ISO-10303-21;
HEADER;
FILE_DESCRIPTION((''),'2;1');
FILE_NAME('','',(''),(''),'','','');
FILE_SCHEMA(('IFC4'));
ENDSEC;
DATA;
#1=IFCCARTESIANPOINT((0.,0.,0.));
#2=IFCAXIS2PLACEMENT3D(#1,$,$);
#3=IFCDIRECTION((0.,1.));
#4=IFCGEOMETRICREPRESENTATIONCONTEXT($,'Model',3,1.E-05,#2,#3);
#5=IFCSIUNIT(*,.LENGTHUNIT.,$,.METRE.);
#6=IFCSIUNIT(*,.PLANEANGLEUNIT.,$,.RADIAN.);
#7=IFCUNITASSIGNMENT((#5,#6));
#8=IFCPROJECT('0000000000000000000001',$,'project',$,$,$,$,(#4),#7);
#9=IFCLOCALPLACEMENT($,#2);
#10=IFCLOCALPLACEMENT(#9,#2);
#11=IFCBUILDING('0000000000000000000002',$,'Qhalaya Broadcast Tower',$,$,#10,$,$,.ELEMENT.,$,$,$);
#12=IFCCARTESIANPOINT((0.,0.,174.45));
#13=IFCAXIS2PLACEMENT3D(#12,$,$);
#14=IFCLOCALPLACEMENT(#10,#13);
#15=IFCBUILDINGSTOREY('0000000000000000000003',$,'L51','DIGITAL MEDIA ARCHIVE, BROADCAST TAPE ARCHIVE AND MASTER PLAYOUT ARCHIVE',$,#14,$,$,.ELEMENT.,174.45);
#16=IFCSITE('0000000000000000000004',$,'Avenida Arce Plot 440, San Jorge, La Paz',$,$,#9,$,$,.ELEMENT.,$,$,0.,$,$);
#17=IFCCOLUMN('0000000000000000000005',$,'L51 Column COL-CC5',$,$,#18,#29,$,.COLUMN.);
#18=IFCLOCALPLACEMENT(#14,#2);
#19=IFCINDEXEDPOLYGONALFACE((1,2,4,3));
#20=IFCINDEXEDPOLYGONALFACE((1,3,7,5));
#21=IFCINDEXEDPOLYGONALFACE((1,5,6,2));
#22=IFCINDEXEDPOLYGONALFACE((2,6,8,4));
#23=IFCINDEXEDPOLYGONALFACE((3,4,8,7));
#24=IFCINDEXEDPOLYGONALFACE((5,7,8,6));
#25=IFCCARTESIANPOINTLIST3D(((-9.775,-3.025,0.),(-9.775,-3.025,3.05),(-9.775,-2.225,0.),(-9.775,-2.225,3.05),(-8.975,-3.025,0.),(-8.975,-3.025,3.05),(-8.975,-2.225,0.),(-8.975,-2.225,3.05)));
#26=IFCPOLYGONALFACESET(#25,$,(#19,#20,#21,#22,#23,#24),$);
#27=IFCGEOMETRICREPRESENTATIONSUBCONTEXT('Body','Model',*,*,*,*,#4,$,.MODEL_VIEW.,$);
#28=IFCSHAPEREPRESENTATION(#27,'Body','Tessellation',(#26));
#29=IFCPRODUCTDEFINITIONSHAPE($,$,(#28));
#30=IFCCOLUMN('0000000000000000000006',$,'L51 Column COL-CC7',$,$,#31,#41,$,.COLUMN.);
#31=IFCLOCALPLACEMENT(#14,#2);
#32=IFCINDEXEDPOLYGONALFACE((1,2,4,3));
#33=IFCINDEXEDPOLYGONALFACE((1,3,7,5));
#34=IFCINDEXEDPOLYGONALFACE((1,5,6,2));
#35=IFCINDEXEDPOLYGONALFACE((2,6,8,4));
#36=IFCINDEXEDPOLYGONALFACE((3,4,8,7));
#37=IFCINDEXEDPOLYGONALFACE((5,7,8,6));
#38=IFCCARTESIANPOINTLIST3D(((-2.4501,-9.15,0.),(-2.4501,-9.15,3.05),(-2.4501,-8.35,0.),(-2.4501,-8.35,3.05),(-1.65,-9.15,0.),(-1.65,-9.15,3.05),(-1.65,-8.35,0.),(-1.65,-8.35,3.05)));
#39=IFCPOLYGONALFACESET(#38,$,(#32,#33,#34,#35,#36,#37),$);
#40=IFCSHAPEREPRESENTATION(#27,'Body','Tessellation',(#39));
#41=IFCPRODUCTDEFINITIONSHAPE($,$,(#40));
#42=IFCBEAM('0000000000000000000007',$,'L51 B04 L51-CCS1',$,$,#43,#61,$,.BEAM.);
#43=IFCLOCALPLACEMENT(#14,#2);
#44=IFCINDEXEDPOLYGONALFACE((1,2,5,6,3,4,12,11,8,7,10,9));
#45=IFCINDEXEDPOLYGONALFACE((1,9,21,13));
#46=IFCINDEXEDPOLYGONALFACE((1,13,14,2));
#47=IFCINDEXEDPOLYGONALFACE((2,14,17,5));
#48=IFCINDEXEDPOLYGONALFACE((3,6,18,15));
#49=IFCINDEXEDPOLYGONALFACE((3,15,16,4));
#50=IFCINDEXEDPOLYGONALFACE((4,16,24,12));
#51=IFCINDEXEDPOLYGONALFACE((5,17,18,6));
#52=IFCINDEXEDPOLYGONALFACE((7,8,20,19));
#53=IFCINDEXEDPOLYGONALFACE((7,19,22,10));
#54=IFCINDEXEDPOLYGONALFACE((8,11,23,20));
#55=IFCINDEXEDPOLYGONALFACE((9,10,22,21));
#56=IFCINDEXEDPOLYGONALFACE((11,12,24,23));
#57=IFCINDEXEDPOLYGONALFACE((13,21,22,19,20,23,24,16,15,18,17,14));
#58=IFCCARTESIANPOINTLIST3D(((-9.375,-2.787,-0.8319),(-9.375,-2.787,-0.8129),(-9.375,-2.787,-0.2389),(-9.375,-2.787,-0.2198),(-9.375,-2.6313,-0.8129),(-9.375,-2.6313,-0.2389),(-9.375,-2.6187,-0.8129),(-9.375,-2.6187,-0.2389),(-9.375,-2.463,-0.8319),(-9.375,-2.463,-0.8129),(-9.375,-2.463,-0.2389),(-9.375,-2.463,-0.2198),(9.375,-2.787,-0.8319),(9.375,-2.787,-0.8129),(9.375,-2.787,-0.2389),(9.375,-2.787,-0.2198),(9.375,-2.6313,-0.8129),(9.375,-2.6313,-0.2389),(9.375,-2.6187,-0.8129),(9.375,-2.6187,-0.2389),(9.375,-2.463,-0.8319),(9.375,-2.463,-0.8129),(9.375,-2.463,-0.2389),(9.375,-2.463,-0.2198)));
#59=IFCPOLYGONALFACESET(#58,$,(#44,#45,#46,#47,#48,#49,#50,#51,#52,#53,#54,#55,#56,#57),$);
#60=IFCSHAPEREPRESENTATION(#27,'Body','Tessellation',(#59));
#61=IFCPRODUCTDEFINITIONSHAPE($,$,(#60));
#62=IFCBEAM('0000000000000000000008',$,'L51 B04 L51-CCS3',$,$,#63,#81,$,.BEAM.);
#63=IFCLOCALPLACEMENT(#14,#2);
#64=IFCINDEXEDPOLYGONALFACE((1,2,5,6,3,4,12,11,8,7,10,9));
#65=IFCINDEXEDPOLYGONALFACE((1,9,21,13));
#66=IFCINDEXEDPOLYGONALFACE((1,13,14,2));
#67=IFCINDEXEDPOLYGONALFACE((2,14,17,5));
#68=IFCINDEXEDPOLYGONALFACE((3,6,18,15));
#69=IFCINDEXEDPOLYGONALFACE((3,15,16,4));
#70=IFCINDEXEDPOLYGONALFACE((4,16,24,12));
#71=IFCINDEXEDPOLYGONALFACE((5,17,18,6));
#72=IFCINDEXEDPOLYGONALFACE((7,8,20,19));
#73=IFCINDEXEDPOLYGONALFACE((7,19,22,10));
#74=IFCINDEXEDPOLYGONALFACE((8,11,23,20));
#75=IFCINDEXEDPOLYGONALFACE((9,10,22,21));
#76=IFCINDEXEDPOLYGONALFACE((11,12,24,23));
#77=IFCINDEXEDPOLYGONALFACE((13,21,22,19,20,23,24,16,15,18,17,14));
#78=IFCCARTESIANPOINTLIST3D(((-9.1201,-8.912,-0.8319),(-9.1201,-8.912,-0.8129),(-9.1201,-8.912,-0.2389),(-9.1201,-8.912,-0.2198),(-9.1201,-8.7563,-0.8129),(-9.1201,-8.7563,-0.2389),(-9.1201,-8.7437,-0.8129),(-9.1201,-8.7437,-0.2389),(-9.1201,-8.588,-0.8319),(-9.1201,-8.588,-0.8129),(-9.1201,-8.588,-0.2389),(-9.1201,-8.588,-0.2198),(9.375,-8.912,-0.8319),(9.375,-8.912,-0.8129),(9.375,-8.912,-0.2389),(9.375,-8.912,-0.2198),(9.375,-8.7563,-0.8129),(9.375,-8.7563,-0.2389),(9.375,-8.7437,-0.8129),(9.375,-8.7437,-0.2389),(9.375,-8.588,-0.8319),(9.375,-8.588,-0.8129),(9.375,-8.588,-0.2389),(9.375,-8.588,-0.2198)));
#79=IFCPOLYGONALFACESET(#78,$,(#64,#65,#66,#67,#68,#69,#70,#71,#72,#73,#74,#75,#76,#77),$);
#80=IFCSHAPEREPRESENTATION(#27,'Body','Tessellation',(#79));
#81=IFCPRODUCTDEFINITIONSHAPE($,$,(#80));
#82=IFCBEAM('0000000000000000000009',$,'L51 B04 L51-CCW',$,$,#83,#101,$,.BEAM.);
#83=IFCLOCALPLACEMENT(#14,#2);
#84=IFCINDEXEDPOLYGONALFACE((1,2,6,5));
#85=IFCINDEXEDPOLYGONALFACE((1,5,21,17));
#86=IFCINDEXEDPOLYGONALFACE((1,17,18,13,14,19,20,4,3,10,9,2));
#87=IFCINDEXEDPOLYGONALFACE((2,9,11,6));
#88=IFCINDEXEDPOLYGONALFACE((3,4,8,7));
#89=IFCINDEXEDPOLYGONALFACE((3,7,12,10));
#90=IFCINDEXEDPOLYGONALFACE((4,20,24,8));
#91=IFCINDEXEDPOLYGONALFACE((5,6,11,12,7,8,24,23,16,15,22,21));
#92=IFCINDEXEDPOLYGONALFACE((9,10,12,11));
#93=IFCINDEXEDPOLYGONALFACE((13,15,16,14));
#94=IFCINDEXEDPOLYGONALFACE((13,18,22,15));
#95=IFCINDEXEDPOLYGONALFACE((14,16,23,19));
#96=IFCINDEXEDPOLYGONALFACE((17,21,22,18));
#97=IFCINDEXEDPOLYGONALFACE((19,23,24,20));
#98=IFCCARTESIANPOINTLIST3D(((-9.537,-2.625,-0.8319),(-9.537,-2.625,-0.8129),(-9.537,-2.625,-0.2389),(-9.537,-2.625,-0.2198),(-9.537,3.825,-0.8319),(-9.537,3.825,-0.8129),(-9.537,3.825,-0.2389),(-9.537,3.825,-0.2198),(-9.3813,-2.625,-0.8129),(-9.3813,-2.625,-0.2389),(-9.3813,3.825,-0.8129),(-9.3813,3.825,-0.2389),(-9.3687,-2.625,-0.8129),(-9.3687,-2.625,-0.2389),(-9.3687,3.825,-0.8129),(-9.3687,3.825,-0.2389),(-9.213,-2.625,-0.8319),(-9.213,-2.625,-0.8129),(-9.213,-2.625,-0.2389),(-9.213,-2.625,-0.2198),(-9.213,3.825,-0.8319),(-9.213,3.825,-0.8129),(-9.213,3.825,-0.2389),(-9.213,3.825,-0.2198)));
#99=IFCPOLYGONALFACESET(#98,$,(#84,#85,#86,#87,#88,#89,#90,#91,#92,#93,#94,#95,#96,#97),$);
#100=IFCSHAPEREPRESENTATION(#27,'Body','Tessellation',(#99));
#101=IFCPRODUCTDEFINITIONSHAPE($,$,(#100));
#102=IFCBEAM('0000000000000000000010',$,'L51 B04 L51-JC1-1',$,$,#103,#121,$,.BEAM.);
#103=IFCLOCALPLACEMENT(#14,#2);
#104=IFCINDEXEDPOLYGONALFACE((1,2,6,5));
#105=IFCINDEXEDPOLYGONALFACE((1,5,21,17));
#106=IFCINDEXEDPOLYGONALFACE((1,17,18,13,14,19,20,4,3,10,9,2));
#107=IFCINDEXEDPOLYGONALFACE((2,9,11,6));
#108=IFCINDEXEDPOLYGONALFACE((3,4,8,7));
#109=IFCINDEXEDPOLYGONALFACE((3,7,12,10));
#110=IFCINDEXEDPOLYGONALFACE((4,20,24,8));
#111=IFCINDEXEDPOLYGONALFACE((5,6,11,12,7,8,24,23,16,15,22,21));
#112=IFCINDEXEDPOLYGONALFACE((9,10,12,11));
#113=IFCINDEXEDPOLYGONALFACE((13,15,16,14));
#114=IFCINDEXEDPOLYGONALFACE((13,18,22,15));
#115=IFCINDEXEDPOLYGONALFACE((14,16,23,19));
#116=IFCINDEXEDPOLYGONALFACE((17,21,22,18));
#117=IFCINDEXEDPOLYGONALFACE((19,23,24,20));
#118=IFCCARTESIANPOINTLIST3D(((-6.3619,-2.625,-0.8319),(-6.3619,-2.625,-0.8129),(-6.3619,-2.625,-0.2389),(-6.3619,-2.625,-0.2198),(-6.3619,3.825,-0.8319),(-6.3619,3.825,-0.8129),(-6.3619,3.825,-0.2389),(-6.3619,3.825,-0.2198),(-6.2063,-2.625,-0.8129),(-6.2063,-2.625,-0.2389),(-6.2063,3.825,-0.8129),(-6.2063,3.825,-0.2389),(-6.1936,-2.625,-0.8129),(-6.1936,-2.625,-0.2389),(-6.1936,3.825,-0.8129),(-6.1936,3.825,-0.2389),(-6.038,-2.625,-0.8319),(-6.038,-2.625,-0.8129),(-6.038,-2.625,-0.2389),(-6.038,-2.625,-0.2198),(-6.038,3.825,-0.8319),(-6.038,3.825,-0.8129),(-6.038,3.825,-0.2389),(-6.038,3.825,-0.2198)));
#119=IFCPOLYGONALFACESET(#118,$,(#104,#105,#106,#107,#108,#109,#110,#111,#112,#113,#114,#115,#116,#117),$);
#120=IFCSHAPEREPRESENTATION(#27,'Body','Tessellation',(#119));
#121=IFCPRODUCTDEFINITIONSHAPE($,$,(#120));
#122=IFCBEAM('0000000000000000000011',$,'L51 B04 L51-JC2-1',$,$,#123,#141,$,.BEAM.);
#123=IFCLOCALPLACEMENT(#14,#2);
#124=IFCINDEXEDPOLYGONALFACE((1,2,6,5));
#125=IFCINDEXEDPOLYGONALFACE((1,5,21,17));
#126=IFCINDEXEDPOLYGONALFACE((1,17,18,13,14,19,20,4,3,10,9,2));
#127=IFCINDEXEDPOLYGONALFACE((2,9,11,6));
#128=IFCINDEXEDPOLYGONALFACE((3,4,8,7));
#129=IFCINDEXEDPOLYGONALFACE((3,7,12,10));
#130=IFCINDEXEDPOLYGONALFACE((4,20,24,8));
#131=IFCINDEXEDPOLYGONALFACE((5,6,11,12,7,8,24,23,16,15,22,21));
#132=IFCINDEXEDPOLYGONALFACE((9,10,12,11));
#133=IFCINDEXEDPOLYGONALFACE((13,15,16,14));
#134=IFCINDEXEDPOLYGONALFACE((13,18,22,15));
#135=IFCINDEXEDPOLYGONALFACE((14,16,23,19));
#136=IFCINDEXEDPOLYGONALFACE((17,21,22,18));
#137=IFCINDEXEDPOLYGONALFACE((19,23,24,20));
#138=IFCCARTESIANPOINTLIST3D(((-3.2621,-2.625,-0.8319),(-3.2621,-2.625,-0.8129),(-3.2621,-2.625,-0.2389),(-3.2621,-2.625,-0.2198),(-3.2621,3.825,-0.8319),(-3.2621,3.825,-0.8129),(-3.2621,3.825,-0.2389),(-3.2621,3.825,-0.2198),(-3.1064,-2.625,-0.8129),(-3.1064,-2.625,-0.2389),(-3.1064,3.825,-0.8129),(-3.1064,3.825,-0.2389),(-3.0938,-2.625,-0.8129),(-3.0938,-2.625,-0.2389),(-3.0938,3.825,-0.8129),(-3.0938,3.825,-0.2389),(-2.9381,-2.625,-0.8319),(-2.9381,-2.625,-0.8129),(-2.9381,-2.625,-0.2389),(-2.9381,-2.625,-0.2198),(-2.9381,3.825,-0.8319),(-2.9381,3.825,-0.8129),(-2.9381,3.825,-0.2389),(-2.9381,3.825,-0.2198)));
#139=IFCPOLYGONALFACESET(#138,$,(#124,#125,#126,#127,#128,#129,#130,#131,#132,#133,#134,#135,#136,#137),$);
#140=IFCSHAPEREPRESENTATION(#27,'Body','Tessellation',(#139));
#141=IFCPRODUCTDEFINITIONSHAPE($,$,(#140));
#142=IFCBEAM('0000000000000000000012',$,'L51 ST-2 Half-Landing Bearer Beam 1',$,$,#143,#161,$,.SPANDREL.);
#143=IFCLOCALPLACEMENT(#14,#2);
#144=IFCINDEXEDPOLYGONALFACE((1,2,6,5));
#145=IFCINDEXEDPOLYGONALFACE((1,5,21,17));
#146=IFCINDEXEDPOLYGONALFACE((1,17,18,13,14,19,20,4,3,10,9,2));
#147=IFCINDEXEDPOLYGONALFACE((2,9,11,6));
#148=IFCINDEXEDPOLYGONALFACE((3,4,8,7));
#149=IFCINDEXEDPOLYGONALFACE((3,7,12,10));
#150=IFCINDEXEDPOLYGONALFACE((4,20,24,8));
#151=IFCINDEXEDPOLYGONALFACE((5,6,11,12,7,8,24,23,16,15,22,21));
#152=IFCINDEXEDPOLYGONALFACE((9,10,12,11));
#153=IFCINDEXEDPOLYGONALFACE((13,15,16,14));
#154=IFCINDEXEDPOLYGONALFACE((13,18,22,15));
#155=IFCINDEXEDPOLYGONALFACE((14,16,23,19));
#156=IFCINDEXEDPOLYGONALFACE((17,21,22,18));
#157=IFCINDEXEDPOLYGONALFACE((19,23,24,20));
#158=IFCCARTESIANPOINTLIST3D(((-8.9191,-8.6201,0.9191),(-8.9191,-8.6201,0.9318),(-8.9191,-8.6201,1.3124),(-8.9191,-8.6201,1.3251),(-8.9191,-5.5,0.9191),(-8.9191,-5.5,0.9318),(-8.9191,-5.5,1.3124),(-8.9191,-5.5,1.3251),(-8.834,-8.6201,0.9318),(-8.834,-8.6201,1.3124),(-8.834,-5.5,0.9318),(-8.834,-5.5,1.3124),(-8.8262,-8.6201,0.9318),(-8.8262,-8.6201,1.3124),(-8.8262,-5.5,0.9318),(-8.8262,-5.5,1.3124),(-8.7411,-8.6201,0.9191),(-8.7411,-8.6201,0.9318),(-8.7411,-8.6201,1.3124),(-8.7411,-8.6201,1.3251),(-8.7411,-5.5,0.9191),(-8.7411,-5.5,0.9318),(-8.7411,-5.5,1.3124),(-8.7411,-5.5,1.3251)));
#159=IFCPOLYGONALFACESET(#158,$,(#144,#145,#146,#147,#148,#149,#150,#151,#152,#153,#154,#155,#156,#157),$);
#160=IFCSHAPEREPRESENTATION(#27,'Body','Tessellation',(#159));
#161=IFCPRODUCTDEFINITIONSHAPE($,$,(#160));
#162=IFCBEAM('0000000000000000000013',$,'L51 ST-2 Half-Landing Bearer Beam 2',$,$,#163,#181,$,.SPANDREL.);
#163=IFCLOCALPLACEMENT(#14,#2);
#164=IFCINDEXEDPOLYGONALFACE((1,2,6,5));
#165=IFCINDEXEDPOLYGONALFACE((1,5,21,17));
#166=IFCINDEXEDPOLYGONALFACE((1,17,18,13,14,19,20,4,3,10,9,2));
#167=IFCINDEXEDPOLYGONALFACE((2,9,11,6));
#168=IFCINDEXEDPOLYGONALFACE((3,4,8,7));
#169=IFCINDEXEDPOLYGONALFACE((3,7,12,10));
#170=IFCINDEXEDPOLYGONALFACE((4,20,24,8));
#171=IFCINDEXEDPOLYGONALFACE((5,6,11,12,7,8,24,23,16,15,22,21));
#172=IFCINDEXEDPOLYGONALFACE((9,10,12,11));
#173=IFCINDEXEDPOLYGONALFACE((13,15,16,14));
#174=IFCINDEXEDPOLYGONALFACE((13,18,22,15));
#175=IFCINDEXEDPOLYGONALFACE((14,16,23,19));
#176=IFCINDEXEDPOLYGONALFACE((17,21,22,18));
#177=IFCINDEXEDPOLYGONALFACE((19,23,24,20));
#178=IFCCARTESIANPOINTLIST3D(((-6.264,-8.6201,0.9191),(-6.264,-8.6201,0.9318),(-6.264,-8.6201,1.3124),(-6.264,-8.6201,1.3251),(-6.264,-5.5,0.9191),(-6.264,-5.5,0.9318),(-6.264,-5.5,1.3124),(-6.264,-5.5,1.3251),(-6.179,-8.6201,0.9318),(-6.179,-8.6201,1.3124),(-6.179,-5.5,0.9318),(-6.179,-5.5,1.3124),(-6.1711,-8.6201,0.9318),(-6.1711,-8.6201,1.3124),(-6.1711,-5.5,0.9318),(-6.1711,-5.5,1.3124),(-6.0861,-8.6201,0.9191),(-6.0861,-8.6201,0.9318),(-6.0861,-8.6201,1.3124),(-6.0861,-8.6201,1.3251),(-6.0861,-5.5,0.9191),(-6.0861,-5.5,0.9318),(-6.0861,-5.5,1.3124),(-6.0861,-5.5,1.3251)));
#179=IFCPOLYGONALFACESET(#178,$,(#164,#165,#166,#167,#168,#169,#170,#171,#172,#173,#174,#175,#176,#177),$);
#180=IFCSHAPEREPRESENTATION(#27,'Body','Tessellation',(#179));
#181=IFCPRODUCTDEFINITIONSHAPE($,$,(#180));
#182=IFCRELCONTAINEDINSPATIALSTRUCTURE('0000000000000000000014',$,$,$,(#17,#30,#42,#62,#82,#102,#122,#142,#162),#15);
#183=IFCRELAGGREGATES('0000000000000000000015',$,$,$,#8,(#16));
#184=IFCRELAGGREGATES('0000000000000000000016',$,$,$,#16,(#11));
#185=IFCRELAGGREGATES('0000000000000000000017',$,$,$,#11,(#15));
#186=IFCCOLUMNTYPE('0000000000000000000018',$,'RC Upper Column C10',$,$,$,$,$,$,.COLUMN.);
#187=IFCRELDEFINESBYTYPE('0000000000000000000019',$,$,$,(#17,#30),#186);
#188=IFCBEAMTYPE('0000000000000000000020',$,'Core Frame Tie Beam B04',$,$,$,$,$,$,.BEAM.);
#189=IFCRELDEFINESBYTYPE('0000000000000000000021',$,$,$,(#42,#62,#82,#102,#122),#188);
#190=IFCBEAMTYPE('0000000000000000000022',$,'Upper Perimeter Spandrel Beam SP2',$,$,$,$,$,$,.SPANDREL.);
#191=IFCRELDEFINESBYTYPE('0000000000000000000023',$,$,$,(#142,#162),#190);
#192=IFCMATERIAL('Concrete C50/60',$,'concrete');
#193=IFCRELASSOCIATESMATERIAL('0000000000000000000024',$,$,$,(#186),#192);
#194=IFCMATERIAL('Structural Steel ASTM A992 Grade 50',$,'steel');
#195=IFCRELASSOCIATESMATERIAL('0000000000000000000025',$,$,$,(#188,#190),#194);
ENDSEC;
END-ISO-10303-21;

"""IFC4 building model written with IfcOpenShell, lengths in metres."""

from ifc_helpers import new_model, si_unit, direction, frame, origin, origin_2d, place, context, subcontext, project, spatial, rectangle, i_section, extrude, material, material_profile, profile_set, type_object, element, save


model = new_model("IFC4")

# Units and contexts
model_context = context("Model", 3, precision=1e-05, world=origin(), true_north=direction((0.0, 1.0)))
body_context = subcontext(model_context, "Body", "Model", "MODEL_VIEW")
ifc_project = project(units=[si_unit("LENGTHUNIT", "METRE"), si_unit("PLANEANGLEUNIT", "RADIAN")], contexts=[model_context])

# Site, building, storey
site_placement = place(None, origin())
site = spatial("IfcSite", under=ifc_project, at=site_placement, Name="Avenida Arce Plot 440, San Jorge, La Paz", CompositionType="ELEMENT", RefElevation=0.0)
building_placement = place(site_placement, origin())
building = spatial("IfcBuilding", under=site, at=building_placement, Name="Qhalaya Broadcast Tower", CompositionType="ELEMENT")
storey_placement = place(building_placement, frame((0.0, 0.0, 174.45)))
storey = spatial("IfcBuildingStorey", under=building, at=storey_placement, Name="L51", Description="DIGITAL MEDIA ARCHIVE, BROADCAST TAPE ARCHIVE AND MASTER PLAYOUT ARCHIVE", CompositionType="ELEMENT", Elevation=174.45)

# Columns
ifc_material_1 = material(Name="Concrete C50/60", Category="concrete")
ifc_material_profile_1 = material_profile(ifc_material_1, rectangle(XDim=0.8, YDim=0.8, at=origin_2d()), Name="RC-COL 800x800")
ifc_profile_set_1 = profile_set([ifc_material_profile_1], Name="Concrete C50/60")
column_type = type_object("IfcColumnType", Name="RC Upper Column C10", PredefinedType="COLUMN", material=ifc_profile_set_1)
for number, where, z_axis, x_axis, name in (
    (1, (-9.375, -2.625, 0.0), (0.0, 0.0, 1.0), (1.0, 0.0, 0.0), "L51 Column COL-CC5"),
    (2, (-2.05, -8.75, 0.0), (0.0, 0.0, 1.0), (1.0, 0.0, 0.0), "L51 Column COL-CC7"),
):
    element("IfcColumn", number, at=place(storey_placement, frame(where, z_axis=z_axis, x_axis=x_axis)), inside=storey, type_object=column_type, Name=name, PredefinedType="COLUMN", context=body_context, shape_type="SweptSolid", body=[
        extrude(rectangle(XDim=0.8, YDim=0.8, at=origin_2d()), origin(), (0.0, 0.0, 1.0), 3.05),
    ])

# Beams
ifc_material_2 = material(Name="Structural Steel ASTM A992 Grade 50", Category="steel")
ifc_material_profile_2 = material_profile(ifc_material_2, i_section(OverallWidth=0.324, OverallDepth=0.6121, WebThickness=0.0127, FlangeThickness=0.019, at=origin_2d()), Name="W24X104")
ifc_profile_set_2 = profile_set([ifc_material_profile_2], Name="Structural Steel ASTM A992 Grade 50")
beam_type_1 = type_object("IfcBeamType", Name="Core Frame Tie Beam B04", PredefinedType="BEAM", material=ifc_profile_set_2)
beam_1_placement = place(storey_placement, frame((-9.375, -2.625, -0.5259), z_axis=(1.0, 0.0, 0.0), x_axis=(0.0, 1.0, 0.0)))
element("IfcBeam", 3, at=beam_1_placement, inside=storey, type_object=beam_type_1, Name="L51 B04 L51-CCS1", PredefinedType="BEAM", context=body_context, shape_type="SweptSolid", body=[
    extrude(i_section(OverallWidth=0.324, OverallDepth=0.6121, WebThickness=0.0127, FlangeThickness=0.019, at=origin_2d()), origin(), (0.0, 0.0, 1.0), 18.75),
])
beam_2_placement = place(storey_placement, frame((-9.1201, -8.75, -0.5259), z_axis=(1.0, 0.0, 0.0), x_axis=(0.0, 1.0, 0.0)))
element("IfcBeam", 4, at=beam_2_placement, inside=storey, type_object=beam_type_1, Name="L51 B04 L51-CCS3", PredefinedType="BEAM", context=body_context, shape_type="SweptSolid", body=[
    extrude(i_section(OverallWidth=0.324, OverallDepth=0.6121, WebThickness=0.0127, FlangeThickness=0.019, at=origin_2d()), origin(), (0.0, 0.0, 1.0), 18.4951),
])
for number, where, z_axis, x_axis, name in (
    (5, (-9.375, -2.625, -0.5259), (0.0, 1.0, 0.0), (-1.0, 0.0, 0.0), "L51 B04 L51-CCW"),
    (6, (-6.2, -2.625, -0.5259), (0.0, 1.0, 0.0), (-1.0, 0.0, 0.0), "L51 B04 L51-JC1-1"),
    (7, (-3.1001, -2.625, -0.5259), (0.0, 1.0, 0.0), (-1.0, 0.0, 0.0), "L51 B04 L51-JC2-1"),
):
    element("IfcBeam", number, at=place(storey_placement, frame(where, z_axis=z_axis, x_axis=x_axis)), inside=storey, type_object=beam_type_1, Name=name, PredefinedType="BEAM", context=body_context, shape_type="SweptSolid", body=[
        extrude(i_section(OverallWidth=0.324, OverallDepth=0.6121, WebThickness=0.0127, FlangeThickness=0.019, at=origin_2d()), origin(), (0.0, 0.0, 1.0), 6.45),
    ])
ifc_material_profile_3 = material_profile(ifc_material_2, i_section(OverallWidth=0.178, OverallDepth=0.406, WebThickness=0.0078, FlangeThickness=0.0127, at=origin_2d()), Name="W16X40")
ifc_profile_set_3 = profile_set([ifc_material_profile_3], Name="Structural Steel ASTM A992 Grade 50")
beam_type_2 = type_object("IfcBeamType", Name="Upper Perimeter Spandrel Beam SP2", PredefinedType="SPANDREL", material=ifc_profile_set_3)
for number, where, z_axis, x_axis, name in (
    (8, (-8.8301, -8.6201, 1.1221), (0.0, 1.0, 0.0), (-1.0, 0.0, 0.0), "L51 ST-2 Half-Landing Bearer Beam 1"),
    (9, (-6.175, -8.6201, 1.1221), (0.0, 1.0, 0.0), (-1.0, 0.0, 0.0), "L51 ST-2 Half-Landing Bearer Beam 2"),
):
    element("IfcBeam", number, at=place(storey_placement, frame(where, z_axis=z_axis, x_axis=x_axis)), inside=storey, type_object=beam_type_2, Name=name, PredefinedType="SPANDREL", context=body_context, shape_type="SweptSolid", body=[
        extrude(i_section(OverallWidth=0.178, OverallDepth=0.406, WebThickness=0.0078, FlangeThickness=0.0127, at=origin_2d()), origin(), (0.0, 0.0, 1.0), 3.1201),
    ])

save(model, "model.ifc")
